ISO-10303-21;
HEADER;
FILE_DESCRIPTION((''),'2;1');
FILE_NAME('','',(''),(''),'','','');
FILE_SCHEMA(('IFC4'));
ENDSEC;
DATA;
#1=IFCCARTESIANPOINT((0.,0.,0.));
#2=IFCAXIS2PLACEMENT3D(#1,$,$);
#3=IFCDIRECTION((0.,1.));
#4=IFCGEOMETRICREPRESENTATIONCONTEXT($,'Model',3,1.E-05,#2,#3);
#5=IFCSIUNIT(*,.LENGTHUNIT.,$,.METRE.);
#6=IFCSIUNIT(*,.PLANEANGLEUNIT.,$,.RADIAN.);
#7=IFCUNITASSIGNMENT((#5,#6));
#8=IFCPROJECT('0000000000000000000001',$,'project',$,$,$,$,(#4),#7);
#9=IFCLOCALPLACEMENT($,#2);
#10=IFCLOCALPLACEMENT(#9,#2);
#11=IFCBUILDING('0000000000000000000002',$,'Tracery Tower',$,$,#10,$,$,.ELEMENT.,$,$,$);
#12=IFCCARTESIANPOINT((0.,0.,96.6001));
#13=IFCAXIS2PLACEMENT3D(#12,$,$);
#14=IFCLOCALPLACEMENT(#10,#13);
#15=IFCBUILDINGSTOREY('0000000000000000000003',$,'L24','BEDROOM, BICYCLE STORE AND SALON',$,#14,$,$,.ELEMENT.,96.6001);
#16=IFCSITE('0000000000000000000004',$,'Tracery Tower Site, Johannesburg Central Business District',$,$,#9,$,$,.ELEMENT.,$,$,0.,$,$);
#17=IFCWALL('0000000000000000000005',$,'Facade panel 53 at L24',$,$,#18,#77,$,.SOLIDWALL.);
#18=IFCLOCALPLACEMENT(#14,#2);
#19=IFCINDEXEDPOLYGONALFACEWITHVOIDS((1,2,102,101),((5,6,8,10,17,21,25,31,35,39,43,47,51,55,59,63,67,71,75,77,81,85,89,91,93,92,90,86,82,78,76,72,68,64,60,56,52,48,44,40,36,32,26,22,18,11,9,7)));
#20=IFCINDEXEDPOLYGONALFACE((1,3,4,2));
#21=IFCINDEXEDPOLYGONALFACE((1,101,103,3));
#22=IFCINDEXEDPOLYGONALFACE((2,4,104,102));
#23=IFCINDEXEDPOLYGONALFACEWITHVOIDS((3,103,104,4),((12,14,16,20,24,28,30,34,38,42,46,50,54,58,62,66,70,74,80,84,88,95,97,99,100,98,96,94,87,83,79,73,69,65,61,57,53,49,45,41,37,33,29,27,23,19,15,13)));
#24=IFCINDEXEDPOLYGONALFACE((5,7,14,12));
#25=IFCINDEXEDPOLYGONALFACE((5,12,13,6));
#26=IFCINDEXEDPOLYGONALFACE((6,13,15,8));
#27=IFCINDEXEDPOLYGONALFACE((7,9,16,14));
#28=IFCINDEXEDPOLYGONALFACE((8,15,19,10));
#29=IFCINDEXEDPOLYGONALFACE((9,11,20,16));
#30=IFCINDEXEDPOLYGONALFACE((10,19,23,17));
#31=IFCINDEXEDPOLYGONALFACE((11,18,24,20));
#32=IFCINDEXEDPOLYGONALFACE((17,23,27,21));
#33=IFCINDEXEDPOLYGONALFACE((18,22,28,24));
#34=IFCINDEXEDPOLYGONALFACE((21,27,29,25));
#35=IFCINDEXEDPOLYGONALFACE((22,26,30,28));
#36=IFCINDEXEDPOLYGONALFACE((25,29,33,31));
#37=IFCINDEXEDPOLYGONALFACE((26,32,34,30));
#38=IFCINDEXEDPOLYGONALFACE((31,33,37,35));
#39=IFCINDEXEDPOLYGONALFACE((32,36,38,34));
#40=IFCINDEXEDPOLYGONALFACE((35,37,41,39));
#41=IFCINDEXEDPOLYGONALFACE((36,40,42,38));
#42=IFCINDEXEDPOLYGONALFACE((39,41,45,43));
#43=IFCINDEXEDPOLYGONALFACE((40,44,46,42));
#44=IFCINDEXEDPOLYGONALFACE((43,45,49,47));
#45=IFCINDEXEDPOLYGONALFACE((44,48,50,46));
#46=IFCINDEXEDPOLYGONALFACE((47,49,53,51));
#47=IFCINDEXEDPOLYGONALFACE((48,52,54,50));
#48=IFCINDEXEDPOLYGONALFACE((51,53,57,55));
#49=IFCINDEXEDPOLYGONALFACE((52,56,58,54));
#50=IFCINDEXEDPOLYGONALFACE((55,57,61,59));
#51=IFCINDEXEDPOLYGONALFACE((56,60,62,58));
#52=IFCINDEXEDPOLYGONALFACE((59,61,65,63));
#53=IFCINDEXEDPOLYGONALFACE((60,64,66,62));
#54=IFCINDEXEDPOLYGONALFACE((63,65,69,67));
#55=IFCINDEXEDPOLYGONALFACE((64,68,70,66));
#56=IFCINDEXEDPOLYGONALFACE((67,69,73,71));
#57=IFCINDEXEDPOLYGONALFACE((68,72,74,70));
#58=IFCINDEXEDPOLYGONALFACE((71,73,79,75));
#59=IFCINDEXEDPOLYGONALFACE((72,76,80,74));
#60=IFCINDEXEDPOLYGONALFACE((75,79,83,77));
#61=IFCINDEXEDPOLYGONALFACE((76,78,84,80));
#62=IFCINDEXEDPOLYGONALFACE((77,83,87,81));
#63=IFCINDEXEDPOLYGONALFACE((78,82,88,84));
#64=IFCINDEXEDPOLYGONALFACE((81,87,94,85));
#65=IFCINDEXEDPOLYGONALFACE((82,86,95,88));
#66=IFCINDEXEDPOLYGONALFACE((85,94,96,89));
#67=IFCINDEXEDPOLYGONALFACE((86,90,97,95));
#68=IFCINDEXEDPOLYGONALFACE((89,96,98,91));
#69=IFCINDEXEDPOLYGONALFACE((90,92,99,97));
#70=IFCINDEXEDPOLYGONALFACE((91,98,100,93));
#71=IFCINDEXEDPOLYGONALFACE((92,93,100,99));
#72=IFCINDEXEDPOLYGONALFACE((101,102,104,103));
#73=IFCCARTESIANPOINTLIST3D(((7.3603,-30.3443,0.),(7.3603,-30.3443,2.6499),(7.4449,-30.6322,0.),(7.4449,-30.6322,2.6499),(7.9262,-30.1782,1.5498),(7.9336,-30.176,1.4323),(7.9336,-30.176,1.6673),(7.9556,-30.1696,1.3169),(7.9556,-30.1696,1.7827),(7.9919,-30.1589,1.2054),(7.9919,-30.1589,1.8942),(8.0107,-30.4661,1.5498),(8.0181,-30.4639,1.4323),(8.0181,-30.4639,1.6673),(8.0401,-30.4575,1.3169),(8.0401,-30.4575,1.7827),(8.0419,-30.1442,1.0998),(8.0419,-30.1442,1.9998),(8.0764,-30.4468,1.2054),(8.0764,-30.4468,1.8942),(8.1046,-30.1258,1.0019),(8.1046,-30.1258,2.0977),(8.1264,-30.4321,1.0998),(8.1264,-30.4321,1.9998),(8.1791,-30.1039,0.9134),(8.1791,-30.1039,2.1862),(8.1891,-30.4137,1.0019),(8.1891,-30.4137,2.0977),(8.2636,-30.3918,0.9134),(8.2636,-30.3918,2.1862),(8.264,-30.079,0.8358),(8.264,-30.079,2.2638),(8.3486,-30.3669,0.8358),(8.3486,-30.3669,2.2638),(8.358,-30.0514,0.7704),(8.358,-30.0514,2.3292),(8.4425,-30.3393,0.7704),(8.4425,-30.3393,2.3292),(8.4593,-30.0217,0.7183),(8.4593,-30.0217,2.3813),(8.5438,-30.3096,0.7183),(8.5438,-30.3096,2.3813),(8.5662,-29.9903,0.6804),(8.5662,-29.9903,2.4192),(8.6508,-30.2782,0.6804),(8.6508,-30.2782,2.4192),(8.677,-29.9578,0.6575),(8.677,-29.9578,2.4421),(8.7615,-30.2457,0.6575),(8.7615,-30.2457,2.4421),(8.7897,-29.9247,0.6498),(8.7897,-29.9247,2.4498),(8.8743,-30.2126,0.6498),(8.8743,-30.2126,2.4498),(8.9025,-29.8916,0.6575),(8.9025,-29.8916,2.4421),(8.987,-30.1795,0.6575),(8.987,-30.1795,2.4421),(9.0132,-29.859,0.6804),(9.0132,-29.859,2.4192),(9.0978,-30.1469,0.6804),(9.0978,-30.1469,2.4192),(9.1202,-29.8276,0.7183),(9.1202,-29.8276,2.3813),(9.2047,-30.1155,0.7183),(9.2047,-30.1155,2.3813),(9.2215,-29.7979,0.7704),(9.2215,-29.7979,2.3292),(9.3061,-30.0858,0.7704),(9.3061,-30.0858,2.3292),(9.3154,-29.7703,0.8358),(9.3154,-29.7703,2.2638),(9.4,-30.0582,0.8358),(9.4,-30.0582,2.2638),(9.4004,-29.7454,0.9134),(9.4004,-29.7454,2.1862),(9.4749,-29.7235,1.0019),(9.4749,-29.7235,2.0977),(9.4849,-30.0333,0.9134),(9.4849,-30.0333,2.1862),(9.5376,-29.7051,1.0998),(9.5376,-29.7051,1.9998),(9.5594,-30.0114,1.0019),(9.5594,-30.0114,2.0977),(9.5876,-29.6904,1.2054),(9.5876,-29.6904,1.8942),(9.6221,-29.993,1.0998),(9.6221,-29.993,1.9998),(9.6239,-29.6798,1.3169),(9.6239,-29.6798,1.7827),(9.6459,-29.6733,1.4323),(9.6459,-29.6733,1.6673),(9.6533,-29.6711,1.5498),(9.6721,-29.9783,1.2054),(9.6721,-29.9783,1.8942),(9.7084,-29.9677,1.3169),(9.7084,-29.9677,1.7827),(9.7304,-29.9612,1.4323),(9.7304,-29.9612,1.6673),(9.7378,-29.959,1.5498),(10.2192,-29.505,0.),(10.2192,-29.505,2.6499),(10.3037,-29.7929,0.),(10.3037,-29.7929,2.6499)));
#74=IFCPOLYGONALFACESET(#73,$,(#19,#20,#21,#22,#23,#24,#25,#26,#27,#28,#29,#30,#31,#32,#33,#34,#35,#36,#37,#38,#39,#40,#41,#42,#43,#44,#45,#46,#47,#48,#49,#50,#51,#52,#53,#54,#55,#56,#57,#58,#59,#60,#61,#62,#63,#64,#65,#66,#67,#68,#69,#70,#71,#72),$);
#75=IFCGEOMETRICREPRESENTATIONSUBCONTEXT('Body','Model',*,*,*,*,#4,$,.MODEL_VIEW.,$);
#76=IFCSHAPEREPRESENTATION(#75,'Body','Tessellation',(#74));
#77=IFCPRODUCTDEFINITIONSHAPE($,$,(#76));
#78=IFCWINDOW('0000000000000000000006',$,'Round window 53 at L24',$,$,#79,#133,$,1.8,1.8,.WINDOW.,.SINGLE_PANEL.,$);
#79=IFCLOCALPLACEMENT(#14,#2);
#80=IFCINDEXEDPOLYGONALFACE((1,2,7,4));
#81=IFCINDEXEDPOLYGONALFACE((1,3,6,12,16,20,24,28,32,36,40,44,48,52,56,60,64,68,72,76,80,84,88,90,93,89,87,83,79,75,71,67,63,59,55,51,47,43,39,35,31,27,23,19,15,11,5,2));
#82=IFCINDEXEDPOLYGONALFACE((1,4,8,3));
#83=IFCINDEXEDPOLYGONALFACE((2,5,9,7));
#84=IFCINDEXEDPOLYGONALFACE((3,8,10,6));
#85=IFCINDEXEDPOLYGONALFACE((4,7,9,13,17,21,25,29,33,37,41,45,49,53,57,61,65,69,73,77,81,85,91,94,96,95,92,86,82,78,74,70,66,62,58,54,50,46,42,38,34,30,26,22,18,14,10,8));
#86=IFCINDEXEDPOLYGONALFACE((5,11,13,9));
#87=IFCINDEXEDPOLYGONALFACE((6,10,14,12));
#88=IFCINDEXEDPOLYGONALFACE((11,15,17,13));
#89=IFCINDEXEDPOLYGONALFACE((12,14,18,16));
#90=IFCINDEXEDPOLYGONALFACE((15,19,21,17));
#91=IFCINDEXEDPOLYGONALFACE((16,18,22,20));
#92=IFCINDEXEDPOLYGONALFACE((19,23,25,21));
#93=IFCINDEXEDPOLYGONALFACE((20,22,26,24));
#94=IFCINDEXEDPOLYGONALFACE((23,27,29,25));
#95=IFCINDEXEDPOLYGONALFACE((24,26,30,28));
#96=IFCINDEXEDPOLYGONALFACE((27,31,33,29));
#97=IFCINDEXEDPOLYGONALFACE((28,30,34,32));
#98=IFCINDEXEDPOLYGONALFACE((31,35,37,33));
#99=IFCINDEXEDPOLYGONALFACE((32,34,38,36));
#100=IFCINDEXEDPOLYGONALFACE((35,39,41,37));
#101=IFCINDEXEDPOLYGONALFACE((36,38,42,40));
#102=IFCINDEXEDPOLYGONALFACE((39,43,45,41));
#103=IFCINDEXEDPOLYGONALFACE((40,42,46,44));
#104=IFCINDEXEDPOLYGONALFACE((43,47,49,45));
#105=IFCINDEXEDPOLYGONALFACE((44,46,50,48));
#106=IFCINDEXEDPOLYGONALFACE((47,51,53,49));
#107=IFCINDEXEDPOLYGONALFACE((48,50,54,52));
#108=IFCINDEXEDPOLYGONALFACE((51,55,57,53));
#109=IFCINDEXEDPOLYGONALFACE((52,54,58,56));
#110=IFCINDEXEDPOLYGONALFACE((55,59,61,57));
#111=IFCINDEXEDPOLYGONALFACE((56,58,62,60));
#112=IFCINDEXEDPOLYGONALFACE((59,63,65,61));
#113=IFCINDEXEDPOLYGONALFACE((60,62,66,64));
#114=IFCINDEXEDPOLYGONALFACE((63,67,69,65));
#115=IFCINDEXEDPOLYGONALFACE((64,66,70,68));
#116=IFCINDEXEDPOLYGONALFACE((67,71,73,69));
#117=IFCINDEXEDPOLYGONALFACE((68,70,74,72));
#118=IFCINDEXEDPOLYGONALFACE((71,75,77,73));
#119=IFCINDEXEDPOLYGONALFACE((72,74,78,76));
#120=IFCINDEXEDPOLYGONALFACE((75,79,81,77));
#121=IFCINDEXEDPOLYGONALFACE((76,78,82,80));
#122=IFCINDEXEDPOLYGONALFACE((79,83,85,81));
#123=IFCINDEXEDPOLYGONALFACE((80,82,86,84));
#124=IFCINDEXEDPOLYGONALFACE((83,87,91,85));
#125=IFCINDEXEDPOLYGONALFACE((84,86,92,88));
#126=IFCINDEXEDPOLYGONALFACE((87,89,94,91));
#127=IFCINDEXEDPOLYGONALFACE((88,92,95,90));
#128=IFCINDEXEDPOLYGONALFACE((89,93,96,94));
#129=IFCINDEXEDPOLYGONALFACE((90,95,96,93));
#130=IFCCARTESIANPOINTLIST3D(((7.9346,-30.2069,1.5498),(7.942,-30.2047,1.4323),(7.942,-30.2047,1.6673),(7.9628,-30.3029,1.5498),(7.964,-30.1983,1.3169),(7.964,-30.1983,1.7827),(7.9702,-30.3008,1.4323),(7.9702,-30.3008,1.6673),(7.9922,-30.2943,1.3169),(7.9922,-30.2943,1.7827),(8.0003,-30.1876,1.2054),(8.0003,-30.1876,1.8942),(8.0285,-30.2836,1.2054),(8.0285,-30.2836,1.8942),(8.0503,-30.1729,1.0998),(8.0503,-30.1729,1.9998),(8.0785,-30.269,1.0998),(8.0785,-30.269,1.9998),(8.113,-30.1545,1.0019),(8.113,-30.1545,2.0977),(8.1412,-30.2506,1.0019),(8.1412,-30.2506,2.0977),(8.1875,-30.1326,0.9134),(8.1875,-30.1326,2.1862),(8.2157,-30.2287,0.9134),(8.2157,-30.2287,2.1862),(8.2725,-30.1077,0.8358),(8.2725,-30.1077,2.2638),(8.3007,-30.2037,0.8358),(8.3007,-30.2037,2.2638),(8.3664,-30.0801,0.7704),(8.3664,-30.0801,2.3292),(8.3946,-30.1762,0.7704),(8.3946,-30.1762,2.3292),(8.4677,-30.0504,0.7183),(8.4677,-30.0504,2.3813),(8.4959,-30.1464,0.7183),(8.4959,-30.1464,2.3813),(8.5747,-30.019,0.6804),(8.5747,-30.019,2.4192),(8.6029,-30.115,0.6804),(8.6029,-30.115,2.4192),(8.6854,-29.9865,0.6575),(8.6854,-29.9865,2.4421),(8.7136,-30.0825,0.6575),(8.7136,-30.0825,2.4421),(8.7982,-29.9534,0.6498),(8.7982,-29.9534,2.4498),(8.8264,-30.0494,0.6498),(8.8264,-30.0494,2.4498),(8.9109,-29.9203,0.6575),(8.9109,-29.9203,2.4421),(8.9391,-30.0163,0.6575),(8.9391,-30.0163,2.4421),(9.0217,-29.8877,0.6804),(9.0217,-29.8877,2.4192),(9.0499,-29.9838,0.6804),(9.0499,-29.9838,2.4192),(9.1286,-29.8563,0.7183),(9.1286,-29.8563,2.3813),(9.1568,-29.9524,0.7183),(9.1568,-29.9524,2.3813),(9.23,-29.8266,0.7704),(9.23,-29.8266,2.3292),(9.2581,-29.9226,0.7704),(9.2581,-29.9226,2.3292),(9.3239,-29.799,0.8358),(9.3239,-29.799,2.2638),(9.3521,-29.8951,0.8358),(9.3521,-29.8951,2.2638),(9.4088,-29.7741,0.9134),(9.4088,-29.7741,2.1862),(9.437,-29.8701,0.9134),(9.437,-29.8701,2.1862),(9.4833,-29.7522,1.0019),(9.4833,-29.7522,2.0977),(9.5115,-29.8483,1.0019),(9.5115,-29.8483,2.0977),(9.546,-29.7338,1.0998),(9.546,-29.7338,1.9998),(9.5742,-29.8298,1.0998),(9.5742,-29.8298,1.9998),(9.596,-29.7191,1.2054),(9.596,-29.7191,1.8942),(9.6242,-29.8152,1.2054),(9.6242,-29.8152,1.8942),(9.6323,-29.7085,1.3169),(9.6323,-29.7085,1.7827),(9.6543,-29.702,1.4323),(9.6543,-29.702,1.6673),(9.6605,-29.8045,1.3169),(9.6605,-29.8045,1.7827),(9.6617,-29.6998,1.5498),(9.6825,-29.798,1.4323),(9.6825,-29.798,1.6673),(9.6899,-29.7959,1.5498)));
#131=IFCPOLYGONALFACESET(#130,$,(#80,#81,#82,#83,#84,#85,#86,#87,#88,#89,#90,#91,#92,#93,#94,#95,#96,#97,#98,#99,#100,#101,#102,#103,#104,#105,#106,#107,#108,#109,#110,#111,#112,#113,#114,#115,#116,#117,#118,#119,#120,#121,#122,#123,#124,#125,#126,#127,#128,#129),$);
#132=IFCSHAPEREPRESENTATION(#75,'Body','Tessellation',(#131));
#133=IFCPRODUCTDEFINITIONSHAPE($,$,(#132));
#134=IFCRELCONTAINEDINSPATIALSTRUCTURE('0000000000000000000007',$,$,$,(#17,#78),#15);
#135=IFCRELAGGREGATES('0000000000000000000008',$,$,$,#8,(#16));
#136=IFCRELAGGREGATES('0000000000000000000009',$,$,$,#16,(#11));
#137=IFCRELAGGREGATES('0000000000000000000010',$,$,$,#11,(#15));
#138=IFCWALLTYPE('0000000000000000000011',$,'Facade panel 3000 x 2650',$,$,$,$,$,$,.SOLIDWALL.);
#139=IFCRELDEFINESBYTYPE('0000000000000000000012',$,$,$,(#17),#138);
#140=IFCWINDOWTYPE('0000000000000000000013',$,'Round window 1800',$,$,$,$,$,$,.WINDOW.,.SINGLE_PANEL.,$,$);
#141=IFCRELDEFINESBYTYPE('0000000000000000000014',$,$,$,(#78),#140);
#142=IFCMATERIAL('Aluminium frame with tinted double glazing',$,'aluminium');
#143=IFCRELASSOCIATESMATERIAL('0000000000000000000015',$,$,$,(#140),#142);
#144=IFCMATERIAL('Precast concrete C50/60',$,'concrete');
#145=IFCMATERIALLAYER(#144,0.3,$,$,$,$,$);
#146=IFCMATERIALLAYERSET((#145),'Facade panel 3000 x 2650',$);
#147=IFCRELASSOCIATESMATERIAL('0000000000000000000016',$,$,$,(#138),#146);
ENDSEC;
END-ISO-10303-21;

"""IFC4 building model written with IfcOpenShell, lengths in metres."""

from ifc_helpers import new_model, si_unit, direction, frame, frame_2d, origin, origin_2d, place, context, subcontext, project, spatial, rectangle, circle, extrude, material, layer, layer_set, type_object, element, fill, save


model = new_model("IFC4")

# Units and contexts
model_context = context("Model", 3, precision=1e-05, world=origin(), true_north=direction((0.0, 1.0)))
body_context = subcontext(model_context, "Body", "Model", "MODEL_VIEW")
ifc_project = project(units=[si_unit("LENGTHUNIT", "METRE"), si_unit("PLANEANGLEUNIT", "RADIAN")], contexts=[model_context])

# Site, building, storey
site_placement = place(None, origin())
site = spatial("IfcSite", under=ifc_project, at=site_placement, Name="Tracery Tower Site, Johannesburg Central Business District", CompositionType="ELEMENT", RefElevation=0.0)
building_placement = place(site_placement, origin())
building = spatial("IfcBuilding", under=site, at=building_placement, Name="Tracery Tower", CompositionType="ELEMENT")
storey_placement = place(building_placement, frame((0.0, 0.0, 96.6001)))
storey = spatial("IfcBuildingStorey", under=building, at=storey_placement, Name="L24", Description="BEDROOM, BICYCLE STORE AND SALON", CompositionType="ELEMENT", Elevation=96.6001)

# Wall, opening, window
ifc_material_1 = material(Name="Aluminium frame with tinted double glazing", Category="aluminium")
window_type = type_object("IfcWindowType", Name="Round window 1800", PartitioningType="SINGLE_PANEL", PredefinedType="WINDOW", material=ifc_material_1)
ifc_material_2 = material(Name="Precast concrete C50/60", Category="concrete")
ifc_layer_1 = layer(ifc_material_2, 0.3)
ifc_layer_set_1 = layer_set([ifc_layer_1], Name="Facade panel 3000 x 2650")
wall_type_1 = type_object("IfcWallType", Name="Facade panel 3000 x 2650", PredefinedType="SOLIDWALL", material=ifc_layer_set_1)
wall_1_placement = place(storey_placement, frame((7.4026, -30.4883, 0.0), z_axis=(0.0, 0.0, 1.0), x_axis=(0.959501, 0.281705, 0.0)))
wall_1 = element("IfcWall", 1, at=wall_1_placement, inside=storey, type_object=wall_type_1, Name="Facade panel 53 at L24", PredefinedType="SOLIDWALL", context=body_context, shape_type="SweptSolid", body=[
    extrude(rectangle(XDim=2.9795, YDim=0.3, at=frame_2d((1.4897, 0.0))), origin(), (0.0, 0.0, 1.0), 2.6499),
])
opening_1_placement = place(wall_1_placement, frame((1.4897, 0.0, 1.5498)))
opening_1 = element("IfcOpeningElement", 2, at=opening_1_placement, cuts=wall_1, PredefinedType="OPENING", context=body_context, shape_type="SweptSolid", body=[
    extrude(circle(Radius=0.9, at=origin_2d()), frame((0.0, 0.1599, 0.0), z_axis=(0.0, -1.0, 0.0), x_axis=(1.0, 0.0, 0.0)), (0.0, 0.0, 1.0), 0.3201),
])
window_1_placement = place(opening_1_placement, origin())
window_1 = element("IfcWindow", 3, at=window_1_placement, inside=storey, type_object=window_type, Name="Round window 53 at L24", OverallHeight=1.8, OverallWidth=1.8, PartitioningType="SINGLE_PANEL", PredefinedType="WINDOW", context=body_context, shape_type="SweptSolid", body=[
    extrude(circle(Radius=0.9, at=origin_2d()), frame((0.0, 0.1201, 0.0), z_axis=(0.0, -1.0, 0.0), x_axis=(1.0, 0.0, 0.0)), (0.0, 0.0, 1.0), 0.1001),
])
fill(opening_1, window_1)

save(model, "model.ifc")
